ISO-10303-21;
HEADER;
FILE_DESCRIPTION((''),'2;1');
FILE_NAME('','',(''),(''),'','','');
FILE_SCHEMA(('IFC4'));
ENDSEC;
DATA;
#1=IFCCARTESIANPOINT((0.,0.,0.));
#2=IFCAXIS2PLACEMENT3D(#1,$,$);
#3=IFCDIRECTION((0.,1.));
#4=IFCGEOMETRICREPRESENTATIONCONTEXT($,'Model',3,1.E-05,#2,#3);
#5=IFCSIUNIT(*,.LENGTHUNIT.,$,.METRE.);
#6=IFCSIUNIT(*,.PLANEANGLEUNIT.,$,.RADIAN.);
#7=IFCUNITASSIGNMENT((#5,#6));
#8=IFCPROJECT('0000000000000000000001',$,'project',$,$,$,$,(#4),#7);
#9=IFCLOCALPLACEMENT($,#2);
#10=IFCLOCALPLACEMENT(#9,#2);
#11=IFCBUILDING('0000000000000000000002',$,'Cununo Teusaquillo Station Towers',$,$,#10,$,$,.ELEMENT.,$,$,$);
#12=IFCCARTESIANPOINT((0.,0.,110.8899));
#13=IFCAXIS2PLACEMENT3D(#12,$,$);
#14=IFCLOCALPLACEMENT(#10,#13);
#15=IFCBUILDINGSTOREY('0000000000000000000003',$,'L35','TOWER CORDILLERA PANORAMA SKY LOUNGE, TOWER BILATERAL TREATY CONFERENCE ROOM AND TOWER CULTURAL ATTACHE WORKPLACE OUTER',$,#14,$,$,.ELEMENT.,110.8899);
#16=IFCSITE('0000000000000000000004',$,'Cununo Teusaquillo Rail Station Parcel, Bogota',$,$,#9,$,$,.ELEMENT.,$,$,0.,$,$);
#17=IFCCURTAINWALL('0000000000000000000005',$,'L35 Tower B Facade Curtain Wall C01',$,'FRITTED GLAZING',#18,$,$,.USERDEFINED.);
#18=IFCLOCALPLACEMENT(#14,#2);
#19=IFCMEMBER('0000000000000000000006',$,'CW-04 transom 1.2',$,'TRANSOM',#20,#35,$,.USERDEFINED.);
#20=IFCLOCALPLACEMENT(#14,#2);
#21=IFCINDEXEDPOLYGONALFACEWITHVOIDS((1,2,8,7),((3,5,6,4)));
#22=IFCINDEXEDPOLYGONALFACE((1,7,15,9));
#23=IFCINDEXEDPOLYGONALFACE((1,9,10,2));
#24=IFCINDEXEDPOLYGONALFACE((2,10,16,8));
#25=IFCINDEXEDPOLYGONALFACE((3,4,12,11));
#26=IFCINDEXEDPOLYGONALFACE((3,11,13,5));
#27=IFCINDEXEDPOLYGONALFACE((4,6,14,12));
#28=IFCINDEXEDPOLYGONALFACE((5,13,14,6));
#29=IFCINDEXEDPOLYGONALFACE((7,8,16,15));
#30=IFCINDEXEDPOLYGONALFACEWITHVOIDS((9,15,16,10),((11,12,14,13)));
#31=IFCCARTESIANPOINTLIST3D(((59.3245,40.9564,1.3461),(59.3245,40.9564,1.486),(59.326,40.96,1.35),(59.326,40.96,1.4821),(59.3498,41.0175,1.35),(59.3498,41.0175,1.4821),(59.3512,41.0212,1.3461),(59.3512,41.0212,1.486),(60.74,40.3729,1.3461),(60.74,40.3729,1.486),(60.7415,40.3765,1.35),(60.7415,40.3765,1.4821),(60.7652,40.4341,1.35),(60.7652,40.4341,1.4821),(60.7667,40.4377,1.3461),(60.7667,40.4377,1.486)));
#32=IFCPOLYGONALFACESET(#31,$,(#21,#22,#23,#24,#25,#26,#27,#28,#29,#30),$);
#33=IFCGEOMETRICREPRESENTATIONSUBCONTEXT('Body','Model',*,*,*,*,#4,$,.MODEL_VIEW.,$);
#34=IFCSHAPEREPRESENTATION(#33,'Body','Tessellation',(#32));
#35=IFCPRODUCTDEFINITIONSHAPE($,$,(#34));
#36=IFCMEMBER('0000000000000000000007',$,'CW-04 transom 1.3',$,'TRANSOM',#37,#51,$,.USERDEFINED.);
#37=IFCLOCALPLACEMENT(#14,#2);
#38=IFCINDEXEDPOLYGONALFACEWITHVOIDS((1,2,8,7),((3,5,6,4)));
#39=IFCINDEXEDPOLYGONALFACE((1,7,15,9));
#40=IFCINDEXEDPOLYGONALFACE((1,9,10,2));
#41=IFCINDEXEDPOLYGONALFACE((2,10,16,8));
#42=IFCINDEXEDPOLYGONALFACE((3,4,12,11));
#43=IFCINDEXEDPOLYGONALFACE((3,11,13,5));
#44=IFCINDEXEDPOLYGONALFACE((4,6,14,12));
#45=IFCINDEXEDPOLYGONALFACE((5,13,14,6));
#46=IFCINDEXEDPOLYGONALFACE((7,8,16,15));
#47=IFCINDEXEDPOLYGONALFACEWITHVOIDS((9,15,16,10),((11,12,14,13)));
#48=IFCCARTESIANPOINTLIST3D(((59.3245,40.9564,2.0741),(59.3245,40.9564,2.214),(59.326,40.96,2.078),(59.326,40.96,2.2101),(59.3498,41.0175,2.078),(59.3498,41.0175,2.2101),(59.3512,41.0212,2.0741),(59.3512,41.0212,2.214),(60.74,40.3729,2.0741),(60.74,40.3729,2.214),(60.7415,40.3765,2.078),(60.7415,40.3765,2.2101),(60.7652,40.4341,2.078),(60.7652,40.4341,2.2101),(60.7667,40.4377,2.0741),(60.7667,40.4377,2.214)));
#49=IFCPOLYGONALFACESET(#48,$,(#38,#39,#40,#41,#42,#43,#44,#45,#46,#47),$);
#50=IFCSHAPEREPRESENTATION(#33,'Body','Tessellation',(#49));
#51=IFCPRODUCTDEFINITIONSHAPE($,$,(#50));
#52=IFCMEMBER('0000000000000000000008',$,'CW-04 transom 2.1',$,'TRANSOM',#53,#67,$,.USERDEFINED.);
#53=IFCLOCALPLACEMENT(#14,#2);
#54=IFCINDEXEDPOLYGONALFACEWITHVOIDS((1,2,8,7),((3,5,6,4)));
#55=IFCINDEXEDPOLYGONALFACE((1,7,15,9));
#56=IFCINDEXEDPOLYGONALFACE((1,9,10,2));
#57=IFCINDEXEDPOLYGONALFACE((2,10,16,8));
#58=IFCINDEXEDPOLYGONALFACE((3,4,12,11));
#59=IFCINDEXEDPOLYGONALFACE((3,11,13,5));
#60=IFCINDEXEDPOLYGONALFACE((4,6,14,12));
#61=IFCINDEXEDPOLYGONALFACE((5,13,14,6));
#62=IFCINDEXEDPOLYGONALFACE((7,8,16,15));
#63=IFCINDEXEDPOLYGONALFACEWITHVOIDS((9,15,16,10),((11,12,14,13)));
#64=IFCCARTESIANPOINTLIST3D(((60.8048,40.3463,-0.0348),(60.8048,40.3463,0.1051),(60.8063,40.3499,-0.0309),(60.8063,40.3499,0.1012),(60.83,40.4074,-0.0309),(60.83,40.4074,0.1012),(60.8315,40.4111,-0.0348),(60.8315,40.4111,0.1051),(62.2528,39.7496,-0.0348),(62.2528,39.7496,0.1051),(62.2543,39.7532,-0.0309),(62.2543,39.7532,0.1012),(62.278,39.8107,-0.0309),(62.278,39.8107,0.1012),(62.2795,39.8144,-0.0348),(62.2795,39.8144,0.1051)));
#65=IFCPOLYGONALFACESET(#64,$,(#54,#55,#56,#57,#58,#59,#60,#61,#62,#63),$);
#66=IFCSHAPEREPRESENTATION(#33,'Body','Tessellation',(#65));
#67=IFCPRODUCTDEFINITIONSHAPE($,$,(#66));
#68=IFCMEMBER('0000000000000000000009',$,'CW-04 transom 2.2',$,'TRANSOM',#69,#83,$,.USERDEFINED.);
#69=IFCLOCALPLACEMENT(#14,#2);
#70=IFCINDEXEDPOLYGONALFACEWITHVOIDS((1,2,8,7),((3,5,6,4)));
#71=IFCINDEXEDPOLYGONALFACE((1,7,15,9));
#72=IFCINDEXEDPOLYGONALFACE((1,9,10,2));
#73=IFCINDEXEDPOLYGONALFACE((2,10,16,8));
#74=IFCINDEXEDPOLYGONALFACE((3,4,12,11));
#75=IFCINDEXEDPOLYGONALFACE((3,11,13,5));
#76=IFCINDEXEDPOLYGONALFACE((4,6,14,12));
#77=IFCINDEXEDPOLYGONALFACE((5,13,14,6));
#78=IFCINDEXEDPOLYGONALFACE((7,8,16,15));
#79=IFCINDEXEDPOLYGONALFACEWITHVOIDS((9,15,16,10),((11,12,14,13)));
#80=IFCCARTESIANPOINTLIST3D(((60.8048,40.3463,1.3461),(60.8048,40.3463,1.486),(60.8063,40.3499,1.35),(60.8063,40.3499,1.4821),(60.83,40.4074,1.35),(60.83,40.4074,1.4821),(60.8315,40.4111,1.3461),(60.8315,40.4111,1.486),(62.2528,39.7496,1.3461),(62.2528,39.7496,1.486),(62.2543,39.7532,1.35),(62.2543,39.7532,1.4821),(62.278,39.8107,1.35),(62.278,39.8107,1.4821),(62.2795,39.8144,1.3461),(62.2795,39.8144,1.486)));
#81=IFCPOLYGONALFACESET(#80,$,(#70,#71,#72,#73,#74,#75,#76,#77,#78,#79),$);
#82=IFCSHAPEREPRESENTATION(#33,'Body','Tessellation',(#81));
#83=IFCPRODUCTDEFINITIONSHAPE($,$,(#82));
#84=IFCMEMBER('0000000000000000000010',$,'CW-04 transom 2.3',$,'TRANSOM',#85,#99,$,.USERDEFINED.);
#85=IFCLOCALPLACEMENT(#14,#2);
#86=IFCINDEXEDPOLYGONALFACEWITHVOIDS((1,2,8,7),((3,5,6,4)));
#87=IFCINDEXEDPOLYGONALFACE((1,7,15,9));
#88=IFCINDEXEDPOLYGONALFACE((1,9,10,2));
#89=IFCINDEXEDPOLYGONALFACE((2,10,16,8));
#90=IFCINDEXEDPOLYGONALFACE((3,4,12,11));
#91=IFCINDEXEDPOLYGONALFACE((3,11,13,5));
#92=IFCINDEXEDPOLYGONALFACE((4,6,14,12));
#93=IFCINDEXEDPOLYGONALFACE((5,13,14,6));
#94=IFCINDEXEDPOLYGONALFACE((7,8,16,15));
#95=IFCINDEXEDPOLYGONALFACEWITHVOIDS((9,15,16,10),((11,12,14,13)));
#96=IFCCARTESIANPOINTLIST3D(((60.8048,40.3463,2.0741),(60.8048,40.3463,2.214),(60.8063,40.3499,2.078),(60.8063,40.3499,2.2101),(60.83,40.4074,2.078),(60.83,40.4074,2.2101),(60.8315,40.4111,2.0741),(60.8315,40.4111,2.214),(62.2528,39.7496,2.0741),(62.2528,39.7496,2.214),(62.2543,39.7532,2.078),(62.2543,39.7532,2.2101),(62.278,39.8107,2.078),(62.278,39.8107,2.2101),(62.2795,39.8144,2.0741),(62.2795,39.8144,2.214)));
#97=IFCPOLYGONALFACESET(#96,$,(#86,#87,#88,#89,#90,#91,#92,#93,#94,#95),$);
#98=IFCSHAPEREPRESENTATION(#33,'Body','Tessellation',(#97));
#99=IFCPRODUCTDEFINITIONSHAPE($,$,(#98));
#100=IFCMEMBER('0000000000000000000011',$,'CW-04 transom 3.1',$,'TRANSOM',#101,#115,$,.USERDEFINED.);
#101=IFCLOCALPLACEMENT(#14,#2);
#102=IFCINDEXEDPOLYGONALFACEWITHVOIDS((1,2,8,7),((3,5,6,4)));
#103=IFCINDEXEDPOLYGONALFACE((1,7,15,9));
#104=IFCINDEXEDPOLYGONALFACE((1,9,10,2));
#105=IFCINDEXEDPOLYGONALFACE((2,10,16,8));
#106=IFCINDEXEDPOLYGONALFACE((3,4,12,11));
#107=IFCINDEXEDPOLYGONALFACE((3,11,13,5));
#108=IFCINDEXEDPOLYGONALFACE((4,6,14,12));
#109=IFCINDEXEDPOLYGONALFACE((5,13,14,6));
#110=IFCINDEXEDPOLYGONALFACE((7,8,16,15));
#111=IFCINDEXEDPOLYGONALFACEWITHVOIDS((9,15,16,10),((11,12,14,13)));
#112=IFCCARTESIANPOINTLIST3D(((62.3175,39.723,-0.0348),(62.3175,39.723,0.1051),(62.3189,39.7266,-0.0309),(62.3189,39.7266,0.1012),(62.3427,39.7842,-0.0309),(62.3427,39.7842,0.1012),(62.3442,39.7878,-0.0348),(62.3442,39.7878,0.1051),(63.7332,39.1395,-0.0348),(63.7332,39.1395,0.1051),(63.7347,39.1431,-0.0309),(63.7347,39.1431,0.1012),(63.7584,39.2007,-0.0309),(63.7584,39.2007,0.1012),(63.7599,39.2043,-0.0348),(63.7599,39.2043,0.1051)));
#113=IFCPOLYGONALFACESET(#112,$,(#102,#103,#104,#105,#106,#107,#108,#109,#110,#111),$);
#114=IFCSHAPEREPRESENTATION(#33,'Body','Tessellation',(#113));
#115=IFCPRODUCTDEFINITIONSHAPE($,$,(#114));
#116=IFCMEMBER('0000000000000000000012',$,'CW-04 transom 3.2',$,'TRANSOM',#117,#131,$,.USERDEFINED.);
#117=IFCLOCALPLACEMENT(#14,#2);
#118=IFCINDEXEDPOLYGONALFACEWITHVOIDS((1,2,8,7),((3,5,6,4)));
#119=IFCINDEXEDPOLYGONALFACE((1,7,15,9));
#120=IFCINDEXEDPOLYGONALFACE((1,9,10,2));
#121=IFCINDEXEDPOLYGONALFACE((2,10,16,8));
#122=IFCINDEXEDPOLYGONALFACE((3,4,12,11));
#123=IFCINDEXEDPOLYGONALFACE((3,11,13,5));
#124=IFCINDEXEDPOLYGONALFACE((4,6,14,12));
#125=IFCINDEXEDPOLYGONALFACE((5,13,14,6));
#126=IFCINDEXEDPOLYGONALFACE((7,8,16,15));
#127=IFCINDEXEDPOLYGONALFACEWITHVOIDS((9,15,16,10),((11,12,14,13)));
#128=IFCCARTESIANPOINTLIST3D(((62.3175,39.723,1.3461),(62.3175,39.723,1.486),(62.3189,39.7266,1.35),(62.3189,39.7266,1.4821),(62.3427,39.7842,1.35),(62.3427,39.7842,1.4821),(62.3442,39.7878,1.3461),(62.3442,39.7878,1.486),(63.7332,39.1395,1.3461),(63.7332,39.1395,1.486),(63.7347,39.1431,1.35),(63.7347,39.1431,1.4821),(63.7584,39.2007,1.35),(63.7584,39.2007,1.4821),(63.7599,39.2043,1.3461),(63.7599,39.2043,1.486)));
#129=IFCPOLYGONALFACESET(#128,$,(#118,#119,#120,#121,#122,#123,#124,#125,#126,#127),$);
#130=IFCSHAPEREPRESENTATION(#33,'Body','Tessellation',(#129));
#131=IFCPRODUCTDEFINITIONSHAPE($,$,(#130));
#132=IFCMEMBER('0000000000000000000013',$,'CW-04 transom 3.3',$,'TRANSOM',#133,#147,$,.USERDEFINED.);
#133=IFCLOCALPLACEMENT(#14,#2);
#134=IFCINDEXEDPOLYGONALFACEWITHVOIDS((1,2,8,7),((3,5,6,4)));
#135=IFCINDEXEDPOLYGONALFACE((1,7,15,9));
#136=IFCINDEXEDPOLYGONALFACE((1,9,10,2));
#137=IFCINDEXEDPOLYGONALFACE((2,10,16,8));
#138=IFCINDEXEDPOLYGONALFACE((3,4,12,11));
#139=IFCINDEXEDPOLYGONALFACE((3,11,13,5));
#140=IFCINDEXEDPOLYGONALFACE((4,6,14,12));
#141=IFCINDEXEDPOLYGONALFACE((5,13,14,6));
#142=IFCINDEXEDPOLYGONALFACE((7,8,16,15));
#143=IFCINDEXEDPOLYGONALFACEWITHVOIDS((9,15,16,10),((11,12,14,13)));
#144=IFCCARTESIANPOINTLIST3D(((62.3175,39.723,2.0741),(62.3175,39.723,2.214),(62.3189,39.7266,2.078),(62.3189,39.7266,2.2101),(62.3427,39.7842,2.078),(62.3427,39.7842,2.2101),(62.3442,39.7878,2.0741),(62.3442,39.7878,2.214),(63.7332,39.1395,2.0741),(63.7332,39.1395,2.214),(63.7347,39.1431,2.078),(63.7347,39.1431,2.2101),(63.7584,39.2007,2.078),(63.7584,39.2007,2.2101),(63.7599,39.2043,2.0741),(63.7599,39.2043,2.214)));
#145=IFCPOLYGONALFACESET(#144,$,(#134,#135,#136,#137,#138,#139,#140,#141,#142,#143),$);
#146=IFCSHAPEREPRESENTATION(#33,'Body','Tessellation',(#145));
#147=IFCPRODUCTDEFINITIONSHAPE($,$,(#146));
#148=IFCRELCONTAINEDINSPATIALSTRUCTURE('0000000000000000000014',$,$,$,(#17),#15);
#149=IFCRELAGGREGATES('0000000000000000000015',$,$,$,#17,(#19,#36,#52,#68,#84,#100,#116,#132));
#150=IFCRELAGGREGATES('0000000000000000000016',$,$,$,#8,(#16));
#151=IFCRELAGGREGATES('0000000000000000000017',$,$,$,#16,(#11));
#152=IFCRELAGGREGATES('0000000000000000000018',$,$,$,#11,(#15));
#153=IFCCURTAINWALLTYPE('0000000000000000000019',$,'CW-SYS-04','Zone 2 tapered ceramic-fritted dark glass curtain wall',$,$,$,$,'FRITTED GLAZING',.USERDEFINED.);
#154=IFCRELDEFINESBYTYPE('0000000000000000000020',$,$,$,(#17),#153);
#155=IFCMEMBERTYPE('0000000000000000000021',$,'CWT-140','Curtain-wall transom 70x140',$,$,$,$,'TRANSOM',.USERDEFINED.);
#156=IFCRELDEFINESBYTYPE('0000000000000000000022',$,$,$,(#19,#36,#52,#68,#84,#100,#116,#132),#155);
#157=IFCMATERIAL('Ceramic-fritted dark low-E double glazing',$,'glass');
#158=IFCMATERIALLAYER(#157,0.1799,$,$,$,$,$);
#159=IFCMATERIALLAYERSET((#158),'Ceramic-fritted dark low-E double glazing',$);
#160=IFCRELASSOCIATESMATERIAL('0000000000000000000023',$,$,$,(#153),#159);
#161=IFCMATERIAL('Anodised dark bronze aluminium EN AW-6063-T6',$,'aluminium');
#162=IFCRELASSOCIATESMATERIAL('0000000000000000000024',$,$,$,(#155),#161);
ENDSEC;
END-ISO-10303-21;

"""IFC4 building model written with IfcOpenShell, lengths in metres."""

from ifc_helpers import new_model, si_unit, direction, frame, origin, origin_2d, place, context, subcontext, project, spatial, hollow_rectangle, extrude, material, layer, layer_set, material_profile, profile_set, type_object, element, aggregate, save


model = new_model("IFC4")

# Units and contexts
model_context = context("Model", 3, precision=1e-05, world=origin(), true_north=direction((0.0, 1.0)))
body_context = subcontext(model_context, "Body", "Model", "MODEL_VIEW")
ifc_project = project(units=[si_unit("LENGTHUNIT", "METRE"), si_unit("PLANEANGLEUNIT", "RADIAN")], contexts=[model_context])

# Site, building, storey
site_placement = place(None, origin())
site = spatial("IfcSite", under=ifc_project, at=site_placement, Name="Cununo Teusaquillo Rail Station Parcel, Bogota", CompositionType="ELEMENT", RefElevation=0.0)
building_placement = place(site_placement, origin())
building = spatial("IfcBuilding", under=site, at=building_placement, Name="Cununo Teusaquillo Station Towers", CompositionType="ELEMENT")
storey_placement = place(building_placement, frame((0.0, 0.0, 110.8899)))
storey = spatial("IfcBuildingStorey", under=building, at=storey_placement, Name="L35", Description="TOWER CORDILLERA PANORAMA SKY LOUNGE, TOWER BILATERAL TREATY CONFERENCE ROOM AND TOWER CULTURAL ATTACHE WORKPLACE OUTER", CompositionType="ELEMENT", Elevation=110.8899)

# Curtain wall, members
ifc_material_1 = material(Name="Ceramic-fritted dark low-E double glazing", Category="glass")
ifc_layer_1 = layer(ifc_material_1, 0.1799)
ifc_layer_set_1 = layer_set([ifc_layer_1], Name="Ceramic-fritted dark low-E double glazing")
curtain_wall_type = type_object("IfcCurtainWallType", Name="CW-SYS-04", Description="Zone 2 tapered ceramic-fritted dark glass curtain wall", ElementType="FRITTED GLAZING", PredefinedType="USERDEFINED", material=ifc_layer_set_1)
curtain_wall_placement = place(storey_placement, origin())
curtain_wall = element("IfcCurtainWall", 1, at=curtain_wall_placement, inside=storey, type_object=curtain_wall_type, Name="L35 Tower B Facade Curtain Wall C01", ObjectType="FRITTED GLAZING", PredefinedType="USERDEFINED")
ifc_material_2 = material(Name="Anodised dark bronze aluminium EN AW-6063-T6", Category="aluminium")
ifc_material_profile_1 = material_profile(ifc_material_2, hollow_rectangle(XDim=0.0701, YDim=0.1399, WallThickness=0.0039, at=origin_2d()), Name="CW-TRAN-70x140")
ifc_profile_set_1 = profile_set([ifc_material_profile_1], Name="Anodised dark bronze aluminium EN AW-6063-T6")
member_type_1 = type_object("IfcMemberType", Name="CWT-140", Description="Curtain-wall transom 70x140", ElementType="TRANSOM", PredefinedType="USERDEFINED", material=ifc_profile_set_1)
member_1_placement = place(storey_placement, frame((59.3379, 40.9888, 1.416), z_axis=(0.924533, -0.381103, 0.0), x_axis=(0.381103, 0.924533, 0.0)))
member_1 = element("IfcMember", 2, at=member_1_placement, type_object=member_type_1, Name="CW-04 transom 1.2", ObjectType="TRANSOM", PredefinedType="USERDEFINED", context=body_context, shape_type="SweptSolid", body=[
    extrude(hollow_rectangle(XDim=0.0701, YDim=0.1399, WallThickness=0.0039, at=origin_2d()), origin(), (0.0, 0.0, 1.0), 1.531),
])
member_2_placement = place(storey_placement, frame((59.3379, 40.9888, 2.144), z_axis=(0.924533, -0.381103, 0.0), x_axis=(0.381103, 0.924533, 0.0)))
member_2 = element("IfcMember", 3, at=member_2_placement, type_object=member_type_1, Name="CW-04 transom 1.3", ObjectType="TRANSOM", PredefinedType="USERDEFINED", context=body_context, shape_type="SweptSolid", body=[
    extrude(hollow_rectangle(XDim=0.0701, YDim=0.1399, WallThickness=0.0039, at=origin_2d()), origin(), (0.0, 0.0, 1.0), 1.531),
])
member_3_placement = place(storey_placement, frame((60.8181, 40.3787, 0.0352), z_axis=(0.924578, -0.380993, 0.0), x_axis=(0.380993, 0.924578, 0.0)))
member_3 = element("IfcMember", 4, at=member_3_placement, type_object=member_type_1, Name="CW-04 transom 2.1", ObjectType="TRANSOM", PredefinedType="USERDEFINED", context=body_context, shape_type="SweptSolid", body=[
    extrude(hollow_rectangle(XDim=0.0701, YDim=0.1399, WallThickness=0.0039, at=origin_2d()), origin(), (0.0, 0.0, 1.0), 1.5662),
])
member_4_placement = place(storey_placement, frame((60.8181, 40.3787, 1.416), z_axis=(0.924578, -0.380993, 0.0), x_axis=(0.380993, 0.924578, 0.0)))
member_4 = element("IfcMember", 5, at=member_4_placement, type_object=member_type_1, Name="CW-04 transom 2.2", ObjectType="TRANSOM", PredefinedType="USERDEFINED", context=body_context, shape_type="SweptSolid", body=[
    extrude(hollow_rectangle(XDim=0.0701, YDim=0.1399, WallThickness=0.0039, at=origin_2d()), origin(), (0.0, 0.0, 1.0), 1.5662),
])
member_5_placement = place(storey_placement, frame((60.8181, 40.3787, 2.144), z_axis=(0.924578, -0.380993, 0.0), x_axis=(0.380993, 0.924578, 0.0)))
member_5 = element("IfcMember", 6, at=member_5_placement, type_object=member_type_1, Name="CW-04 transom 2.3", ObjectType="TRANSOM", PredefinedType="USERDEFINED", context=body_context, shape_type="SweptSolid", body=[
    extrude(hollow_rectangle(XDim=0.0701, YDim=0.1399, WallThickness=0.0039, at=origin_2d()), origin(), (0.0, 0.0, 1.0), 1.5662),
])
member_6_placement = place(storey_placement, frame((62.3308, 39.7554, 0.0352), z_axis=(0.924556, -0.381046, 0.0), x_axis=(0.381046, 0.924556, 0.0)))
member_6 = element("IfcMember", 7, at=member_6_placement, type_object=member_type_1, Name="CW-04 transom 3.1", ObjectType="TRANSOM", PredefinedType="USERDEFINED", context=body_context, shape_type="SweptSolid", body=[
    extrude(hollow_rectangle(XDim=0.0701, YDim=0.1399, WallThickness=0.0039, at=origin_2d()), origin(), (0.0, 0.0, 1.0), 1.5312),
])
member_7_placement = place(storey_placement, frame((62.3308, 39.7554, 1.416), z_axis=(0.924556, -0.381046, 0.0), x_axis=(0.381046, 0.924556, 0.0)))
member_7 = element("IfcMember", 8, at=member_7_placement, type_object=member_type_1, Name="CW-04 transom 3.2", ObjectType="TRANSOM", PredefinedType="USERDEFINED", context=body_context, shape_type="SweptSolid", body=[
    extrude(hollow_rectangle(XDim=0.0701, YDim=0.1399, WallThickness=0.0039, at=origin_2d()), origin(), (0.0, 0.0, 1.0), 1.5312),
])
member_8_placement = place(storey_placement, frame((62.3308, 39.7554, 2.144), z_axis=(0.924556, -0.381046, 0.0), x_axis=(0.381046, 0.924556, 0.0)))
member_8 = element("IfcMember", 9, at=member_8_placement, type_object=member_type_1, Name="CW-04 transom 3.3", ObjectType="TRANSOM", PredefinedType="USERDEFINED", context=body_context, shape_type="SweptSolid", body=[
    extrude(hollow_rectangle(XDim=0.0701, YDim=0.1399, WallThickness=0.0039, at=origin_2d()), origin(), (0.0, 0.0, 1.0), 1.5312),
])

aggregate(curtain_wall, [member_1, member_2, member_3, member_4, member_5, member_6, member_7, member_8])

save(model, "model.ifc")
